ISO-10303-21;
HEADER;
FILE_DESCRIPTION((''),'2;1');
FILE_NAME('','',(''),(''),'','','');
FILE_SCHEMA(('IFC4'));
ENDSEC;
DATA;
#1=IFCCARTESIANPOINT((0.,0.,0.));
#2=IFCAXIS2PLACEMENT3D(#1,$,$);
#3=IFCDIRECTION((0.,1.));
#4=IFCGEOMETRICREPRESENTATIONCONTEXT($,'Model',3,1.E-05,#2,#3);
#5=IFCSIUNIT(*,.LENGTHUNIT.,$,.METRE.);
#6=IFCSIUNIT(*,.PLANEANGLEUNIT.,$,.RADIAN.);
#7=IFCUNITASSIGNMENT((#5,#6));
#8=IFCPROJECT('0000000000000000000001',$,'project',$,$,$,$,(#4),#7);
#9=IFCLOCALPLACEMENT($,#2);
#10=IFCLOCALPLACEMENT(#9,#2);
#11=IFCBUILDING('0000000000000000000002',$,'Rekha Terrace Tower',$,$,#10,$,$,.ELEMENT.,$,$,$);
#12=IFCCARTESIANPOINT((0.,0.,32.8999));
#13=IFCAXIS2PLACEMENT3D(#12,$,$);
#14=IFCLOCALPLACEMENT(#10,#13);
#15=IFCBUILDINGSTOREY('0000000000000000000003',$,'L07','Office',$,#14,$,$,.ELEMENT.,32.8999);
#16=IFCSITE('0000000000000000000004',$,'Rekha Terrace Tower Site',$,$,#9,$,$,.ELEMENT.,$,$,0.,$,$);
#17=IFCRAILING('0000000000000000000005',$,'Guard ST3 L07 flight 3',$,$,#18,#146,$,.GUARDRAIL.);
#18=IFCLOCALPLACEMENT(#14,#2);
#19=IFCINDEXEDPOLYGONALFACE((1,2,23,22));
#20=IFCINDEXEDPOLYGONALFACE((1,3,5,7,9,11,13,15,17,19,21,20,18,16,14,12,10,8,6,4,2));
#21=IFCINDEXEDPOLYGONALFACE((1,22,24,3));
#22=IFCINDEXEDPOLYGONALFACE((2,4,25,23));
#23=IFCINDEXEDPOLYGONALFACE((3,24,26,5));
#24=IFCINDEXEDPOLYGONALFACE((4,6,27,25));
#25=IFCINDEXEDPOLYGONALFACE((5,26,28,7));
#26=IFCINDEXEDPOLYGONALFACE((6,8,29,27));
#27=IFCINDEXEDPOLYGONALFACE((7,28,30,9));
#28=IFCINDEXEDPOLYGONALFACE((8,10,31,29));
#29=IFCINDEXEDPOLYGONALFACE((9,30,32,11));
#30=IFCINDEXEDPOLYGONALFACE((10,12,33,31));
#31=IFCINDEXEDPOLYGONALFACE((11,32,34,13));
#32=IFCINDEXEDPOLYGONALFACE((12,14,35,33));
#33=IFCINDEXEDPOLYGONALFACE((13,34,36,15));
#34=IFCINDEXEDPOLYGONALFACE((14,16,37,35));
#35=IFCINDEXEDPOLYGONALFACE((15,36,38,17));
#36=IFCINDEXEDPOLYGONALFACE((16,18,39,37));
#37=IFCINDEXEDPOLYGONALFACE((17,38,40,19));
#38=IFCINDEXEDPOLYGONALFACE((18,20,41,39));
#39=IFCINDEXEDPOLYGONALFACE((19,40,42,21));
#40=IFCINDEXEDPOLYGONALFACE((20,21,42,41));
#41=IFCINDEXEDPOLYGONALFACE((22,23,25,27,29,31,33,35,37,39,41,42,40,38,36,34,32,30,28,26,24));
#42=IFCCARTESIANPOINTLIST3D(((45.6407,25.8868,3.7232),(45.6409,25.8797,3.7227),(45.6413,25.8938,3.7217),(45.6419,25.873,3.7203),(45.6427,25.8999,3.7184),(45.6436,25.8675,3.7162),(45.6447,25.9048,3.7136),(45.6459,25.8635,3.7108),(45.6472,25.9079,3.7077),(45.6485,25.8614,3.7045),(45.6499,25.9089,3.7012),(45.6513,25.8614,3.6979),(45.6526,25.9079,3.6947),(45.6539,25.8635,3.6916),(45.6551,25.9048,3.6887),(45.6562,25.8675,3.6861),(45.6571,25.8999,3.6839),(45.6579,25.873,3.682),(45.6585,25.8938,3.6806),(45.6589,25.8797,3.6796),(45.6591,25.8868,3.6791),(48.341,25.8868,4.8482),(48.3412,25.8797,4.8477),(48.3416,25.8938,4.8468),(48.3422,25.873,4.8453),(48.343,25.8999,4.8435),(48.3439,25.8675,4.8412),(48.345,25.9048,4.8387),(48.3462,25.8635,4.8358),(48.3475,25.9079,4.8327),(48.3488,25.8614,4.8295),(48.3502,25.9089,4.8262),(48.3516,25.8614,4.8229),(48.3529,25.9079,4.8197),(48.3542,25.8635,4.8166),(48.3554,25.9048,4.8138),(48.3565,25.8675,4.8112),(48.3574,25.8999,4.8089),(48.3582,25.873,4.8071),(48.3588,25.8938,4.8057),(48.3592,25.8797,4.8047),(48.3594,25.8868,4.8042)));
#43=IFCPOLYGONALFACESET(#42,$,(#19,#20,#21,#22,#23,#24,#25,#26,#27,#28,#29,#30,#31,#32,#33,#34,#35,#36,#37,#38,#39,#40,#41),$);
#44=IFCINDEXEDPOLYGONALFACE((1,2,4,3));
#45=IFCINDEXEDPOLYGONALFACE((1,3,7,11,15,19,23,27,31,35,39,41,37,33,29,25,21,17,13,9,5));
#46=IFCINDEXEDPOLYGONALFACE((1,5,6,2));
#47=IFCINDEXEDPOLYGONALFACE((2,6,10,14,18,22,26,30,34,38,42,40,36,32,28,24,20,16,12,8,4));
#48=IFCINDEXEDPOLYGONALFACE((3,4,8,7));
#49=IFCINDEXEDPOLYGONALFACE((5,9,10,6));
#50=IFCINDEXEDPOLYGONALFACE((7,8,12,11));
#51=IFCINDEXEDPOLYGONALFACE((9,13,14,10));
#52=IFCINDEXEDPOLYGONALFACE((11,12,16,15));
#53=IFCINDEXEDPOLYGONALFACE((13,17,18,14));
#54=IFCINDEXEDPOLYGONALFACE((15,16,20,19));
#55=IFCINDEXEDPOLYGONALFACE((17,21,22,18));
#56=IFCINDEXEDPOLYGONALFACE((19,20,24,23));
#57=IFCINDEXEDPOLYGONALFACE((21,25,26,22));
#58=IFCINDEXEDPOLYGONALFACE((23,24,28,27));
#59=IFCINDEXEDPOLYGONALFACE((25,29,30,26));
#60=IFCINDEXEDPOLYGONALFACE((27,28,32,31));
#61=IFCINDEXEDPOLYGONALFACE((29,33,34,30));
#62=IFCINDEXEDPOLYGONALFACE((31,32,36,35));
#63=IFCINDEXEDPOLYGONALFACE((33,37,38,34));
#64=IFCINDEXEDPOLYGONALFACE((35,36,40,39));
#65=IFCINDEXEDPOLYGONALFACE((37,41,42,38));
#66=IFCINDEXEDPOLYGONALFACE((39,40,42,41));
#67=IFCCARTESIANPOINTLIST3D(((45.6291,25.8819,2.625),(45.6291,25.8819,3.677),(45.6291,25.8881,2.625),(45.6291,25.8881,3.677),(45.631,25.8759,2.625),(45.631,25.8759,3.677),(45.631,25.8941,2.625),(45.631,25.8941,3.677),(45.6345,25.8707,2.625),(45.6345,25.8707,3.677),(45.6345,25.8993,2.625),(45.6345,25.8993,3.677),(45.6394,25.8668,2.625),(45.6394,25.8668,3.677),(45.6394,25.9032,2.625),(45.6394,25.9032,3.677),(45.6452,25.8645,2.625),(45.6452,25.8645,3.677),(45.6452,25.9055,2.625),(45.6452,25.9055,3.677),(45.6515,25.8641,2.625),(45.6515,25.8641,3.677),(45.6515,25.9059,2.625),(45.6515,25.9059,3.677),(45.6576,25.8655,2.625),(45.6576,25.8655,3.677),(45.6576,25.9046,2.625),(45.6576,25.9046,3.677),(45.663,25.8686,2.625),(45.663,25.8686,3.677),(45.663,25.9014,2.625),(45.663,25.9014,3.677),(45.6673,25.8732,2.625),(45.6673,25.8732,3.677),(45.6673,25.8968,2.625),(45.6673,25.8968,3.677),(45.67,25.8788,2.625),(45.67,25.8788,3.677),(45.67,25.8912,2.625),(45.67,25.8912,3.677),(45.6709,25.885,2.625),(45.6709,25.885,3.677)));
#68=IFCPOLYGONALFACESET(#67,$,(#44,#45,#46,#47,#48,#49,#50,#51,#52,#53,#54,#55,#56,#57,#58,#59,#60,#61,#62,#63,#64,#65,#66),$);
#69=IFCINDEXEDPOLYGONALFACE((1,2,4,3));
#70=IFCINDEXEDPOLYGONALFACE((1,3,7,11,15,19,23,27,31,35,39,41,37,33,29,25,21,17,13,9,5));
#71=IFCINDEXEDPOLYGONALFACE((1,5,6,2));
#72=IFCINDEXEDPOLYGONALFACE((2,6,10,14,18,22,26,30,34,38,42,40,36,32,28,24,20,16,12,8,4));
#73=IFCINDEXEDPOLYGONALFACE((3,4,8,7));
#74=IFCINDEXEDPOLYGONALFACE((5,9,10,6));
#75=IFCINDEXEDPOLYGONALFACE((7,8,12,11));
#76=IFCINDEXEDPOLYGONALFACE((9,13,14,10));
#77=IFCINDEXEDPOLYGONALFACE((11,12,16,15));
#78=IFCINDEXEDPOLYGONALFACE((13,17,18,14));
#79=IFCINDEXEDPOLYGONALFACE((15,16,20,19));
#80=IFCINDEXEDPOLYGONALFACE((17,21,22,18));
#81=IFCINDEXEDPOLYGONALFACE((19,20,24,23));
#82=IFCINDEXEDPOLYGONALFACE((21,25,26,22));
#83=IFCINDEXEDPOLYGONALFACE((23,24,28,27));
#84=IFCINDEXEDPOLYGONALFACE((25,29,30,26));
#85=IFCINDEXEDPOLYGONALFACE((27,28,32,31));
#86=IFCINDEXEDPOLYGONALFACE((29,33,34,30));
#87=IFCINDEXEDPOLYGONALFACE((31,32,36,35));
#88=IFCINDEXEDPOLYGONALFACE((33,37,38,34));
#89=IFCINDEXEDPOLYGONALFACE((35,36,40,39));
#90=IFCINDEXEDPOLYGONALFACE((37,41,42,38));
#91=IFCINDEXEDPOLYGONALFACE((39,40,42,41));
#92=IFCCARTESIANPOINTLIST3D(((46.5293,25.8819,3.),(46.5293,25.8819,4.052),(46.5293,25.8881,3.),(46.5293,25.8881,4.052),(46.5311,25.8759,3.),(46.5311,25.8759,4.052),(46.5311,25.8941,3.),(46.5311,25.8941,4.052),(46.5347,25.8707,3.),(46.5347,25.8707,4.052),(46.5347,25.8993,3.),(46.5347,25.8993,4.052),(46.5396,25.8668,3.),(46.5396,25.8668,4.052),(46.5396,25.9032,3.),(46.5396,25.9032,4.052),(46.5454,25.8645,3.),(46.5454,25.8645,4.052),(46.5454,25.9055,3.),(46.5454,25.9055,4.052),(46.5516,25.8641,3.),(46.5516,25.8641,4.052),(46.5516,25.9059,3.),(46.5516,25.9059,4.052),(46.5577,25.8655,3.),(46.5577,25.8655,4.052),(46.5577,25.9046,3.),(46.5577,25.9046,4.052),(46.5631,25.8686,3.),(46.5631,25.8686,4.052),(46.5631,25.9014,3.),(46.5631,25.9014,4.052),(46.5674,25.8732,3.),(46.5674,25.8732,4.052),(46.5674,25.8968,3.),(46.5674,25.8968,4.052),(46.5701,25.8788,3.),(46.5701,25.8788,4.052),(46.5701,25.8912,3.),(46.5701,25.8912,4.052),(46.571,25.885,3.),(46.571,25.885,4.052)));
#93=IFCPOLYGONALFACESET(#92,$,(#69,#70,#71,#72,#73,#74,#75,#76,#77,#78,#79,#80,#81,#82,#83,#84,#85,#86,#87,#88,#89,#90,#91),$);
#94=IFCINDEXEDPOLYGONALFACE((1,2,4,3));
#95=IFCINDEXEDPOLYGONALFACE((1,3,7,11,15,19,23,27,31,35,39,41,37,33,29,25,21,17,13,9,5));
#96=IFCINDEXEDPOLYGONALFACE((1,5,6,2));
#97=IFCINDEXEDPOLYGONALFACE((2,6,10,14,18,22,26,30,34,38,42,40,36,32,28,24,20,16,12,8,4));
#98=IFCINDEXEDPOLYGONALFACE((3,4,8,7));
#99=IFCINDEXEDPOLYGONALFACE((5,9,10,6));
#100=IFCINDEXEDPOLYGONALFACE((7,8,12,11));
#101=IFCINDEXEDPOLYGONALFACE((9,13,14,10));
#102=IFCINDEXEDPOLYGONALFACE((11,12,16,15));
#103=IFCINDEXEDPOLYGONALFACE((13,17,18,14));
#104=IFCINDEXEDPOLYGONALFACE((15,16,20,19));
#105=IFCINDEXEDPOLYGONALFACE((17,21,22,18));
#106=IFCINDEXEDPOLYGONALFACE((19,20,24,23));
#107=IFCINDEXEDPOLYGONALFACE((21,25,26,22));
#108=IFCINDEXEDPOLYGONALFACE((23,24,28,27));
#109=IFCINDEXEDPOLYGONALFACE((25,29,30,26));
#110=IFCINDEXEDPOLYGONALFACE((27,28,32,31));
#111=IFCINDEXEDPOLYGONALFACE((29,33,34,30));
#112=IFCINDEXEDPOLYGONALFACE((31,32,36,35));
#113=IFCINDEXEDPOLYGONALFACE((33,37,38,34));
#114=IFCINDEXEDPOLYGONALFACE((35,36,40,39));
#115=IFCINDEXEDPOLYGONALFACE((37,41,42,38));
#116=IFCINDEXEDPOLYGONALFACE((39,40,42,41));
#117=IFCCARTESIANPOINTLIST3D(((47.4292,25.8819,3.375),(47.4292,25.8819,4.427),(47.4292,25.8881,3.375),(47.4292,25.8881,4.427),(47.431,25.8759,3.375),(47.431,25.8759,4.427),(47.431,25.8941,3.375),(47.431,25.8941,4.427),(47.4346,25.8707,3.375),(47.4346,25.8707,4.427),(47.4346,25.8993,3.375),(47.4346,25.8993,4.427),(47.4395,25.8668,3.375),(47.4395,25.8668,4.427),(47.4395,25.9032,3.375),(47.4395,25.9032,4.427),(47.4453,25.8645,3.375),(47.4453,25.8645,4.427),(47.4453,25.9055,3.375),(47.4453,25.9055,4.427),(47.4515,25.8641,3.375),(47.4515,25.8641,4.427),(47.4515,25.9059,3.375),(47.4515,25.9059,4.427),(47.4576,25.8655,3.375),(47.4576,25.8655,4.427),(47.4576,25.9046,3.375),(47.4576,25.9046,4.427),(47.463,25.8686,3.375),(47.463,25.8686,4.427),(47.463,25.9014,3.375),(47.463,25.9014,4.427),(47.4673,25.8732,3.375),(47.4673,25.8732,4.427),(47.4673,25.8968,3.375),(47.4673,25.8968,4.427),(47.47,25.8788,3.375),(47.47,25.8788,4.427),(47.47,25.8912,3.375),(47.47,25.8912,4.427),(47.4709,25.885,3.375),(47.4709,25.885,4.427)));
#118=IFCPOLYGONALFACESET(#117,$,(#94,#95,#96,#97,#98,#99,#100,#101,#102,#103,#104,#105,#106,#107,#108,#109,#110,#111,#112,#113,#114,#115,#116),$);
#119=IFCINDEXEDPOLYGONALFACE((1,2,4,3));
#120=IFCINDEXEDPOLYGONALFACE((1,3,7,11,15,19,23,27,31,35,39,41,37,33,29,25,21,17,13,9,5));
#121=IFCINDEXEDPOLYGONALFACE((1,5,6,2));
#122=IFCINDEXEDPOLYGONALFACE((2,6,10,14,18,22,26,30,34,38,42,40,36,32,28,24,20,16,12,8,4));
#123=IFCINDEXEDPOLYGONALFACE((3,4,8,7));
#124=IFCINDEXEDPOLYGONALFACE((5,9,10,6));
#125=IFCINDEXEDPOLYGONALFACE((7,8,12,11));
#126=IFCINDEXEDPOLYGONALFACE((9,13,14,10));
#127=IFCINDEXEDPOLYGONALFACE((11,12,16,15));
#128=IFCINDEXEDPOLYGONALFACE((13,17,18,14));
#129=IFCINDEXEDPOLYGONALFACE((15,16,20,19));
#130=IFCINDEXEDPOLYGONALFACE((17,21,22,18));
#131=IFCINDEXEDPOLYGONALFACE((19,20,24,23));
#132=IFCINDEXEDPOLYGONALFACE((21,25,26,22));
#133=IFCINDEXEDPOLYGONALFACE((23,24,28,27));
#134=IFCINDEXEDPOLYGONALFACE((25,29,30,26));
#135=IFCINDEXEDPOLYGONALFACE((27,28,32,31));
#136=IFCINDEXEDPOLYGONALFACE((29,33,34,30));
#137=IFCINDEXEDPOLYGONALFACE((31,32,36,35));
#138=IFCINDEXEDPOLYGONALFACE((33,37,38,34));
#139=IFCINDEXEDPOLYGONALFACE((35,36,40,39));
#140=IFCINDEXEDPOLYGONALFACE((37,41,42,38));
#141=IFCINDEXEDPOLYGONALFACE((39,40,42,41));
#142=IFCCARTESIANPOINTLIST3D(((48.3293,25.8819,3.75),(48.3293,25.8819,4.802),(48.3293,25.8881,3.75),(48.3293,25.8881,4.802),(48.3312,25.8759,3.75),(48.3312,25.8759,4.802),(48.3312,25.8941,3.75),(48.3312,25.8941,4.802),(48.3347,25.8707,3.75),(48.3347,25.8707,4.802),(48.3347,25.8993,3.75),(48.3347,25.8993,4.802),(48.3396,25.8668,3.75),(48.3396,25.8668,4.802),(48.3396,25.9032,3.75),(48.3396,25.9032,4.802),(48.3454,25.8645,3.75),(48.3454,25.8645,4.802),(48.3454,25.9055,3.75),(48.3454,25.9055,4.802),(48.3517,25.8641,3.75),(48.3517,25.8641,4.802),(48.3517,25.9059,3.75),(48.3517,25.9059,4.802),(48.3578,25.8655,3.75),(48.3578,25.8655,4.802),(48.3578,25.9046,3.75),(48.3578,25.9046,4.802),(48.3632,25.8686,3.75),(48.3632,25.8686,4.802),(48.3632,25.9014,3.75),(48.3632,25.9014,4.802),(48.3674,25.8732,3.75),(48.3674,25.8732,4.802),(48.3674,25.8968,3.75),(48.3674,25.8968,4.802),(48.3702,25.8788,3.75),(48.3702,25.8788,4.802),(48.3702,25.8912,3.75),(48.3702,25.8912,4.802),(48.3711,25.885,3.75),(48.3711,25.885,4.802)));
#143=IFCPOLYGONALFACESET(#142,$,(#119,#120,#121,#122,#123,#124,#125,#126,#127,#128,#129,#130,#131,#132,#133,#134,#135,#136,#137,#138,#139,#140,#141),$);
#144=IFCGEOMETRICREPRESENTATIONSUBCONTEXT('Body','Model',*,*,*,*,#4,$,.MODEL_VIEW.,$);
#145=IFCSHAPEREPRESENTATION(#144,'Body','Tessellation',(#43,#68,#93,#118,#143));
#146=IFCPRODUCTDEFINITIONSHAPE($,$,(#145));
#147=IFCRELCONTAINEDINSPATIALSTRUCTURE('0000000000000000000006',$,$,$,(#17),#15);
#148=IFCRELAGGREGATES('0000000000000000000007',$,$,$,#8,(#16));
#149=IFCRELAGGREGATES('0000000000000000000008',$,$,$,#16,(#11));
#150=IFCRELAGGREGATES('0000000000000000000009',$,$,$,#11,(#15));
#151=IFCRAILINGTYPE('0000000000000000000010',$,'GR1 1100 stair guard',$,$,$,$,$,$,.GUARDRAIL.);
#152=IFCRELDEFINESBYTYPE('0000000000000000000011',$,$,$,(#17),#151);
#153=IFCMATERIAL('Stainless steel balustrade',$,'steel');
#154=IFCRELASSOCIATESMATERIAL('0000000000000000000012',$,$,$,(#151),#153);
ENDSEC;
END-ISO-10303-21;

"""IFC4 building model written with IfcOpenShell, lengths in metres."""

from ifc_helpers import new_model, si_unit, direction, frame, origin, origin_2d, place, context, subcontext, project, spatial, circle, extrude, material, type_object, element, save


model = new_model("IFC4")

# Units and contexts
model_context = context("Model", 3, precision=1e-05, world=origin(), true_north=direction((0.0, 1.0)))
body_context = subcontext(model_context, "Body", "Model", "MODEL_VIEW")
ifc_project = project(units=[si_unit("LENGTHUNIT", "METRE"), si_unit("PLANEANGLEUNIT", "RADIAN")], contexts=[model_context])

# Site, building, storey
site_placement = place(None, origin())
site = spatial("IfcSite", under=ifc_project, at=site_placement, Name="Rekha Terrace Tower Site", CompositionType="ELEMENT", RefElevation=0.0)
building_placement = place(site_placement, origin())
building = spatial("IfcBuilding", under=site, at=building_placement, Name="Rekha Terrace Tower", CompositionType="ELEMENT")
storey_placement = place(building_placement, frame((0.0, 0.0, 32.8999)))
storey = spatial("IfcBuildingStorey", under=building, at=storey_placement, Name="L07", Description="Office", CompositionType="ELEMENT", Elevation=32.8999)

# Railing
ifc_material_1 = material(Name="Stainless steel balustrade", Category="steel")
railing_type_1 = type_object("IfcRailingType", Name="GR1 1100 stair guard", PredefinedType="GUARDRAIL", material=ifc_material_1)
railing_1_placement = place(storey_placement, frame((45.6499, 25.885, 2.625)))
element("IfcRailing", 1, at=railing_1_placement, inside=storey, type_object=railing_type_1, Name="Guard ST3 L07 flight 3", PredefinedType="GUARDRAIL", context=body_context, shape_type="SweptSolid", body=[
    extrude(circle(Radius=0.0239, at=origin_2d()), frame((0.0, 0.0, 1.0762), z_axis=(0.923087, 0.0, 0.384592), x_axis=(0.0, 1.0, 0.0)), (0.0, 0.0, 1.0), 2.9253),
    extrude(circle(Radius=0.021, at=origin_2d()), origin(), (0.0, 0.0, 1.0), 1.052),
    extrude(circle(Radius=0.021, at=origin_2d()), frame((0.9001, 0.0, 0.375)), (0.0, 0.0, 1.0), 1.052),
    extrude(circle(Radius=0.021, at=origin_2d()), frame((1.8, 0.0, 0.75)), (0.0, 0.0, 1.0), 1.052),
    extrude(circle(Radius=0.021, at=origin_2d()), frame((2.7002, 0.0, 1.125)), (0.0, 0.0, 1.0), 1.052),
])

save(model, "model.ifc")
